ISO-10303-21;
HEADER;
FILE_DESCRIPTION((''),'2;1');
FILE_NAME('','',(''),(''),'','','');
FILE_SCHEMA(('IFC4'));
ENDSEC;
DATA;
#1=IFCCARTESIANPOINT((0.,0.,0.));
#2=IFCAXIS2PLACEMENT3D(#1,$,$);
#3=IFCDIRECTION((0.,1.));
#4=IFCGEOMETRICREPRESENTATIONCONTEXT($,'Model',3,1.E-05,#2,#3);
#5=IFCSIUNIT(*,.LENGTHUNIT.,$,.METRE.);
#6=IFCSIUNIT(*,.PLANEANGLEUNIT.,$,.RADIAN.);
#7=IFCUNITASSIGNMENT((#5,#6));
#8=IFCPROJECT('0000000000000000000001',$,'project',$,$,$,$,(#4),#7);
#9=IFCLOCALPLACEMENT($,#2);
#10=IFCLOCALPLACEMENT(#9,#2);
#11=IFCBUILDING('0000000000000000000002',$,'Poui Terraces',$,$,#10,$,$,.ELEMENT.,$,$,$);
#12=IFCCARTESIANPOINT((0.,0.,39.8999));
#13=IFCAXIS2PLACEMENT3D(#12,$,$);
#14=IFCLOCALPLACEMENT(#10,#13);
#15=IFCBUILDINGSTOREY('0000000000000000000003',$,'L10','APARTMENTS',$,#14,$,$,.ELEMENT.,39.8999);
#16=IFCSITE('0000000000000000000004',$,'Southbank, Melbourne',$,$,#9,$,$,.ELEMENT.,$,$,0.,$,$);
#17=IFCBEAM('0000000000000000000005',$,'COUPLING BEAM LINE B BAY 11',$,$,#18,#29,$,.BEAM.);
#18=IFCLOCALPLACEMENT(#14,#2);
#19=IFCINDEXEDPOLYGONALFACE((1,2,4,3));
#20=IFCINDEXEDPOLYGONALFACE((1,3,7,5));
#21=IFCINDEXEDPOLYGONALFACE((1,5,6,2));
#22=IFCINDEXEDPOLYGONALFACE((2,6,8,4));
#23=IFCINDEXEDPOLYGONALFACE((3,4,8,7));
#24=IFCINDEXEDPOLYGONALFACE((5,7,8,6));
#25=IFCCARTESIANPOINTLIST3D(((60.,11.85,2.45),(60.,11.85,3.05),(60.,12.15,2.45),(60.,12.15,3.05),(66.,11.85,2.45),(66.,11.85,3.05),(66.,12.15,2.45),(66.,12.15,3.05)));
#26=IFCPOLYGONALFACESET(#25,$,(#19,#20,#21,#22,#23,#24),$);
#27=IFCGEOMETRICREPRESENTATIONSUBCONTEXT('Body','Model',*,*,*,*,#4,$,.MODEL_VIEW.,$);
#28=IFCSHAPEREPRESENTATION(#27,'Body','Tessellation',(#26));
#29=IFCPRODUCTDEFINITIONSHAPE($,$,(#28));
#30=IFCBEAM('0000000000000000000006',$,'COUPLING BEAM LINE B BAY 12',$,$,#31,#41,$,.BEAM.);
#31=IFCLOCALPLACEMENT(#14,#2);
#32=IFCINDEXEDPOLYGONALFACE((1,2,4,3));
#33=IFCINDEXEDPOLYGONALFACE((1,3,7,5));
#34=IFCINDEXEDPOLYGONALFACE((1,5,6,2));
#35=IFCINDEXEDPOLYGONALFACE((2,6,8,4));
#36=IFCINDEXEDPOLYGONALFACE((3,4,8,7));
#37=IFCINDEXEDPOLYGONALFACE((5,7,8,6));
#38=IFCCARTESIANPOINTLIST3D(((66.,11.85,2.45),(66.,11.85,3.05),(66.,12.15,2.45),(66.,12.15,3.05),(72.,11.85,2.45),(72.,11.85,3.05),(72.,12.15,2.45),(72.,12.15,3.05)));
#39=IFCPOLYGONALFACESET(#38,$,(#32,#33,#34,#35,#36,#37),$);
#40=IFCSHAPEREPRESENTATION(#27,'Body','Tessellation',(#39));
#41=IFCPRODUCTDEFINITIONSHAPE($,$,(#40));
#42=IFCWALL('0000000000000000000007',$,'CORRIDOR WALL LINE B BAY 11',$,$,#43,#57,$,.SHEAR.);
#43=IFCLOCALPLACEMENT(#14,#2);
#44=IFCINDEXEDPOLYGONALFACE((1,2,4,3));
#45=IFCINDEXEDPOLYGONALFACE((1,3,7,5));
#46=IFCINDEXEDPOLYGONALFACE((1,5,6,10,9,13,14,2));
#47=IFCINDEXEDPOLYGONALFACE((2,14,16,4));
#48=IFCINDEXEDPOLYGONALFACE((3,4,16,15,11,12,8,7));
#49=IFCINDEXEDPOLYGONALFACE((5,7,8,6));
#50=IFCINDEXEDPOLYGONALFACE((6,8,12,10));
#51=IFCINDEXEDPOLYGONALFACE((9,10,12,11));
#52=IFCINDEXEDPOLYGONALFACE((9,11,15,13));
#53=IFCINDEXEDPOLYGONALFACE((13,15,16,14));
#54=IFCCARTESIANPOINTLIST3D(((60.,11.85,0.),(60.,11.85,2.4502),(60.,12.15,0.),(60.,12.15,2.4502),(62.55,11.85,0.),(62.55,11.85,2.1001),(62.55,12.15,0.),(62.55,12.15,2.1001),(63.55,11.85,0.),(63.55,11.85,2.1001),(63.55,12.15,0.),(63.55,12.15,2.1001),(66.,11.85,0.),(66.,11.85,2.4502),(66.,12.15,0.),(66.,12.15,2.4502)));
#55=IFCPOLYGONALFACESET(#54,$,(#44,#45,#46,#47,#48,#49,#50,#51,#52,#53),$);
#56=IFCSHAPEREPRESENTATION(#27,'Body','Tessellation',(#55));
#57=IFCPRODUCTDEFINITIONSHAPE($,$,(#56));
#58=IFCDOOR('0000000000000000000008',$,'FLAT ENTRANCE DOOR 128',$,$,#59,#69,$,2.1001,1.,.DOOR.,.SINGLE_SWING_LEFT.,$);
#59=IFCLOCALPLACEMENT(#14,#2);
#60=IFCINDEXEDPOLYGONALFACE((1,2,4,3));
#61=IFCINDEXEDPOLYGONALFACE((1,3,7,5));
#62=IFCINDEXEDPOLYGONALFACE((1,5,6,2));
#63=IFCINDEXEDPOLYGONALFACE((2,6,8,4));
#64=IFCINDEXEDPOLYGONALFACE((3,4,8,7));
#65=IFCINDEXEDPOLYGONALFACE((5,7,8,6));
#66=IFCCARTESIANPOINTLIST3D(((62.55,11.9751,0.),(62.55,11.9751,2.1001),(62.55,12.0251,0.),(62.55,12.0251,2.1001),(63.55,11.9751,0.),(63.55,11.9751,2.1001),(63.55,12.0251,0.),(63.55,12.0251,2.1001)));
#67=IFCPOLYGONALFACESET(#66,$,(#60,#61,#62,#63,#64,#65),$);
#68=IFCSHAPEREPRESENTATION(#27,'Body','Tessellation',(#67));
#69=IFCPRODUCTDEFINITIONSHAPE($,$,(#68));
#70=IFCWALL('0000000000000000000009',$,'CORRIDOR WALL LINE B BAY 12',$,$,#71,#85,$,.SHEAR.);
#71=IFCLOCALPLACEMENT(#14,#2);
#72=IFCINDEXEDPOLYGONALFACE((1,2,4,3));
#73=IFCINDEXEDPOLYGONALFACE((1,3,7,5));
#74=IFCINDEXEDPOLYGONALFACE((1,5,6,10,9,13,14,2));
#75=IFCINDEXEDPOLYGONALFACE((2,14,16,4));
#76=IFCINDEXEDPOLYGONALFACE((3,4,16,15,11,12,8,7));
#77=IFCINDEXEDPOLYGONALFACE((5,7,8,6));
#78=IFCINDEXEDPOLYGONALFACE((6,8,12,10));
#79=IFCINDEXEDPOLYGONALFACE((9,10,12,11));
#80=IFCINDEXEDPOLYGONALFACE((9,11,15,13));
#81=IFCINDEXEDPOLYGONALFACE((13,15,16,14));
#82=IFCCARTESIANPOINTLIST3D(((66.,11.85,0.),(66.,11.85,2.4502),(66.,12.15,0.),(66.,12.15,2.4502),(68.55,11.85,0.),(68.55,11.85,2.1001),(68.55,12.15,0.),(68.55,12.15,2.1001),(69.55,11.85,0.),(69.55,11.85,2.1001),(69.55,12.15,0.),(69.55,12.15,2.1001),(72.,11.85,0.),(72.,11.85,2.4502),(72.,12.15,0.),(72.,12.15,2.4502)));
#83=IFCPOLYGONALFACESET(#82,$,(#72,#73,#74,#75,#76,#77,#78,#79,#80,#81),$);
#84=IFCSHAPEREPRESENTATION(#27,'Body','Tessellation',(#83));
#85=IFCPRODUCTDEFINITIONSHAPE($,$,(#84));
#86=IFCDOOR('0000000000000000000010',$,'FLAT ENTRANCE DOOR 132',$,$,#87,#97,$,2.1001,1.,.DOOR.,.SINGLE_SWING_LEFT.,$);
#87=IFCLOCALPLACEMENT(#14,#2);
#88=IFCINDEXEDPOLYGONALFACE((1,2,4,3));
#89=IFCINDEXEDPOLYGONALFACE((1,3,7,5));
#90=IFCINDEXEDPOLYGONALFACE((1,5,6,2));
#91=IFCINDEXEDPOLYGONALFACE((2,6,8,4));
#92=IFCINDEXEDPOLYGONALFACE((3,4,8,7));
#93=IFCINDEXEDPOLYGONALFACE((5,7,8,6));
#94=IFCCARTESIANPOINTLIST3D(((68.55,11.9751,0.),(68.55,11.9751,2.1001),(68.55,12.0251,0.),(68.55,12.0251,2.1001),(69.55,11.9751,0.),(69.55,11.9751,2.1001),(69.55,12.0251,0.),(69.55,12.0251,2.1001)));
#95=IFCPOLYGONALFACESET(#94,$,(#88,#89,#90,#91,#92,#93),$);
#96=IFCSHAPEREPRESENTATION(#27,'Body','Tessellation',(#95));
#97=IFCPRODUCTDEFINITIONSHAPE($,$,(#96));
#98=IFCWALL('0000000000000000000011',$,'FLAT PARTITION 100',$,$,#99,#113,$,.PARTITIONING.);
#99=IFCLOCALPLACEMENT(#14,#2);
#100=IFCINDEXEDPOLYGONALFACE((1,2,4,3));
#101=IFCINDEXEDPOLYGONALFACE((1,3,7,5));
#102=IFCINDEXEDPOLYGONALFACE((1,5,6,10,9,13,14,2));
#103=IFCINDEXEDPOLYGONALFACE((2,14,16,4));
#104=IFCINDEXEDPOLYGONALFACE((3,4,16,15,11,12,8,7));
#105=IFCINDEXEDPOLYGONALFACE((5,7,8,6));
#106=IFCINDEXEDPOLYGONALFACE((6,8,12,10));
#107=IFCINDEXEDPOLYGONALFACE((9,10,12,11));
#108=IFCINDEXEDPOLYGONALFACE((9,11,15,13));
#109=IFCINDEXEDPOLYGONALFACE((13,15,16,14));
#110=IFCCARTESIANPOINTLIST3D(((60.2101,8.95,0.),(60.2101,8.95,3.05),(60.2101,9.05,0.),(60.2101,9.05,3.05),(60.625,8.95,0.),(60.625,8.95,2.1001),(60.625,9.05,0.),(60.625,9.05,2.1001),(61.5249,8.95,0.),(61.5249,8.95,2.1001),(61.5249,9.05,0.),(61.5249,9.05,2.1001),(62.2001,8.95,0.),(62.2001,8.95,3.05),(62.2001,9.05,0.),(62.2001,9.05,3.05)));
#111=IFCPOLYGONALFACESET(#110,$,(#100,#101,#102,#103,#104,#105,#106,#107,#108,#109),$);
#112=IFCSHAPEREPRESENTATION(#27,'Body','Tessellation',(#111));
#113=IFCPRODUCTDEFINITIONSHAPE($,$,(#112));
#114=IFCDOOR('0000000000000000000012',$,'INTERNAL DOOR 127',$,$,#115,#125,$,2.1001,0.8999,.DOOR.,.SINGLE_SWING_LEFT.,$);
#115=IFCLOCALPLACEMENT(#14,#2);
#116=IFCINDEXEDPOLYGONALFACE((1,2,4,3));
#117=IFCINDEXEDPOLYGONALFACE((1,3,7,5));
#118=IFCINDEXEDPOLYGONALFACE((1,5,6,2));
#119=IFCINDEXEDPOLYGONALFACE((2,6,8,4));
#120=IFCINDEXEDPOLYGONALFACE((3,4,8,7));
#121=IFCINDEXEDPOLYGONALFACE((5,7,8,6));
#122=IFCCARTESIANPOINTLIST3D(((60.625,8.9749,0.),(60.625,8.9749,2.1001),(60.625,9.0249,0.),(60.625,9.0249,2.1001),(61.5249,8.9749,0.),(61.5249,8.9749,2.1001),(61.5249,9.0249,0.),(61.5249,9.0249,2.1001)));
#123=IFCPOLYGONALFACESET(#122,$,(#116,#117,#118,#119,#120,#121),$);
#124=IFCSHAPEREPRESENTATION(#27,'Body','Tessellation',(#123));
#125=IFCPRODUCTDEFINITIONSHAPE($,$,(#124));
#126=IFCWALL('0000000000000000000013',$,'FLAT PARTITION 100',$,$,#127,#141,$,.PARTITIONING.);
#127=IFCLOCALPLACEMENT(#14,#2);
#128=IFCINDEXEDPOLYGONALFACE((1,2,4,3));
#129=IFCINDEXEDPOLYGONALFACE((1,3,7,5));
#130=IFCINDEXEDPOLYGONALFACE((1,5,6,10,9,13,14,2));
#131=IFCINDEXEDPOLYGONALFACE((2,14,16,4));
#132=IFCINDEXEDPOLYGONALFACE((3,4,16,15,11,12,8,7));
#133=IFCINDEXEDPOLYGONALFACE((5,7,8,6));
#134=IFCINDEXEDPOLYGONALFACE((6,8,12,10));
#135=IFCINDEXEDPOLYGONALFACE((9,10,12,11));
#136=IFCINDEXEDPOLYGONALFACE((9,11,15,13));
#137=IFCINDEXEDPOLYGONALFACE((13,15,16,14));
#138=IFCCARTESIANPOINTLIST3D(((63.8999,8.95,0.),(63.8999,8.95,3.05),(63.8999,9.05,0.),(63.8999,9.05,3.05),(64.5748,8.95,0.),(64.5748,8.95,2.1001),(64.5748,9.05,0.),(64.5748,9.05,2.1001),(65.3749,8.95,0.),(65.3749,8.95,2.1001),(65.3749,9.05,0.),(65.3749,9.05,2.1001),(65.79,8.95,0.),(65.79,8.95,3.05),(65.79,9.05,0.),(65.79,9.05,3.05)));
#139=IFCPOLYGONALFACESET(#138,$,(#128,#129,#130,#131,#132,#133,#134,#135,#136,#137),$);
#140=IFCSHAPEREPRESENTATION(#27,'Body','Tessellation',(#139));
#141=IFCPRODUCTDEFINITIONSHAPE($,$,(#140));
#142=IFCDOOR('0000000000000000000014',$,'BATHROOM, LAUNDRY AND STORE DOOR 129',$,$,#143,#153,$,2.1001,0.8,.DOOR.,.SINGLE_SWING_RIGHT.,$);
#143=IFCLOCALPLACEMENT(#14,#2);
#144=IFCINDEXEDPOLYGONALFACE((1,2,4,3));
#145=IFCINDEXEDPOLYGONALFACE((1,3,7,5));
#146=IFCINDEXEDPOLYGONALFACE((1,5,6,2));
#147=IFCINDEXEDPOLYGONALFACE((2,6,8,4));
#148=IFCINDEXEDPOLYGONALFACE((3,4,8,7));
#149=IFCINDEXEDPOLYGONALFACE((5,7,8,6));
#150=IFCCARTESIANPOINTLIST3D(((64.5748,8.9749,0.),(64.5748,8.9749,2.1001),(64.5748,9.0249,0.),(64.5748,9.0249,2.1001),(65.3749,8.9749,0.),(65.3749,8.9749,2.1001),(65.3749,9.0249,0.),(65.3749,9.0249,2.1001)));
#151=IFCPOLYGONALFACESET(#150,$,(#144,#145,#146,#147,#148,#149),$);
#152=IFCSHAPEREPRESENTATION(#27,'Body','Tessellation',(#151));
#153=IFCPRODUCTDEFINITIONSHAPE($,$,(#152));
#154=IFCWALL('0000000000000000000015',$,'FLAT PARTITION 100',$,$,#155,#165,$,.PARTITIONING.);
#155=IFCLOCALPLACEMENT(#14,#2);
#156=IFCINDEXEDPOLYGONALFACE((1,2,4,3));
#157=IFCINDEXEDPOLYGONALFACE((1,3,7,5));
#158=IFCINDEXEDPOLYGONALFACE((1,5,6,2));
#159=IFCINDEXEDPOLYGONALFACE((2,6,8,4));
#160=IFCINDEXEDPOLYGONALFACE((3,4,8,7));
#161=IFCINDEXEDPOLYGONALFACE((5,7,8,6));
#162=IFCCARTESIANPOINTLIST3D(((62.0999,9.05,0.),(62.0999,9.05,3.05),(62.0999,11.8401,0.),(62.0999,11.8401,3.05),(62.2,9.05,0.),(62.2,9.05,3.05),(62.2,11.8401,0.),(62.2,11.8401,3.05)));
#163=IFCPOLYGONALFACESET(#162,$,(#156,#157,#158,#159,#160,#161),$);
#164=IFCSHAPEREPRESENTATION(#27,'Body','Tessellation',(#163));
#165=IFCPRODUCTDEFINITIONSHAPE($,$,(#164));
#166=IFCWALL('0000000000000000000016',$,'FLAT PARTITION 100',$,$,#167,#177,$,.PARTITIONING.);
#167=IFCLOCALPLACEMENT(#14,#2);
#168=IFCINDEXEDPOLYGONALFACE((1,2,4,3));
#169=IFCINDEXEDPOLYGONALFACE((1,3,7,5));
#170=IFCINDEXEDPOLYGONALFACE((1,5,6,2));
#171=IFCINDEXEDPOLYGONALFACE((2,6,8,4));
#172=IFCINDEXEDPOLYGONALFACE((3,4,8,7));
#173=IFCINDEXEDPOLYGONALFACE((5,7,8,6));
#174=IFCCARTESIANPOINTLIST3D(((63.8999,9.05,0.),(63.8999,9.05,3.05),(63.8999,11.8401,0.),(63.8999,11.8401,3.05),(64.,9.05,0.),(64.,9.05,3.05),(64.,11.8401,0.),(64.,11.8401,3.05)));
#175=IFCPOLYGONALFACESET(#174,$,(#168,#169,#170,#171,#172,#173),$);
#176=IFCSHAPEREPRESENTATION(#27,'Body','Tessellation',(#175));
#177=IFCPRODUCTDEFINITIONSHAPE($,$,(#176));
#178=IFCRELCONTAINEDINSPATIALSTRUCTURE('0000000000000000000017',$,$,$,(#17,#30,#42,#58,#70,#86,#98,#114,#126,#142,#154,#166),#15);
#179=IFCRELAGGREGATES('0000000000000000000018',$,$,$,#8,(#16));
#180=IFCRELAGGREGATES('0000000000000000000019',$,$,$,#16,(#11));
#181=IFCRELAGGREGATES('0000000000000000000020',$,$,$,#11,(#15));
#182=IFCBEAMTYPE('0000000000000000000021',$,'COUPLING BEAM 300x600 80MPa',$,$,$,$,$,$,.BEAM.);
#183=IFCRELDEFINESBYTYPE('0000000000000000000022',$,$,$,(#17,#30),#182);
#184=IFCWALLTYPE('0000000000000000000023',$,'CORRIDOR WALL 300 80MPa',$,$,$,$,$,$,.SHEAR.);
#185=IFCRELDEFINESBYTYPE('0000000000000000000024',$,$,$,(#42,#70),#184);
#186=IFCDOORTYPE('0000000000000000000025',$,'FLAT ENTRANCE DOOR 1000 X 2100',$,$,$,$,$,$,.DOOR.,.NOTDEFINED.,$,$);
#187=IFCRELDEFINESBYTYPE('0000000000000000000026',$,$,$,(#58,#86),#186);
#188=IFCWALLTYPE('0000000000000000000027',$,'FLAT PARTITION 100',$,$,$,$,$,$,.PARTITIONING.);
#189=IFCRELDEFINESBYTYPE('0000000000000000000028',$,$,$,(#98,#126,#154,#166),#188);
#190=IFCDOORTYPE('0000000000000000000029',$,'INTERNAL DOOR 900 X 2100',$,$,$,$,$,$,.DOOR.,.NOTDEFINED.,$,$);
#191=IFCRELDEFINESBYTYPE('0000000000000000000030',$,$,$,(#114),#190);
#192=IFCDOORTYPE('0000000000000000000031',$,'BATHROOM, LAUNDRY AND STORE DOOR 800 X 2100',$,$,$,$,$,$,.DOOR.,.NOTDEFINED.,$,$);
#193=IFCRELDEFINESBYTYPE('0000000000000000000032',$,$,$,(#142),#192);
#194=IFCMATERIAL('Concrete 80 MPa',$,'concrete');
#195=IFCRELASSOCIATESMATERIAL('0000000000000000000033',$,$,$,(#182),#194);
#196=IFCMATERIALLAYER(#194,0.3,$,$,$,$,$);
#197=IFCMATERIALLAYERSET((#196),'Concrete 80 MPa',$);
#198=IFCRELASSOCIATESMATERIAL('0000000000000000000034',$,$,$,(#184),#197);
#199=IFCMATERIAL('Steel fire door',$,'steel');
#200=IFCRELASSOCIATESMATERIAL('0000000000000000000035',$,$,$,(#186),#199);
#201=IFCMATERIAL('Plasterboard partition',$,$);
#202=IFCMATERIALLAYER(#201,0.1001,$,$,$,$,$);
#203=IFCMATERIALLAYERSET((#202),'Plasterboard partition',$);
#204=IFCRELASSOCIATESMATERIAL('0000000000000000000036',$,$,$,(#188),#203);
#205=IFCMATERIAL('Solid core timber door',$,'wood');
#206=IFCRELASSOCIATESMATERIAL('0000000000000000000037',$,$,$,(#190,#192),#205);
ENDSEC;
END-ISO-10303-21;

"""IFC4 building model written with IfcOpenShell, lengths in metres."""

from ifc_helpers import new_model, si_unit, direction, frame, frame_2d, origin, origin_2d, place, context, subcontext, project, spatial, rectangle, extrude, source, transform, mapped, material, layer, layer_set, material_profile, profile_set, type_object, element, fill, save


model = new_model("IFC4")

# Units and contexts
model_context = context("Model", 3, precision=1e-05, world=origin(), true_north=direction((0.0, 1.0)))
body_context = subcontext(model_context, "Body", "Model", "MODEL_VIEW")
ifc_project = project(units=[si_unit("LENGTHUNIT", "METRE"), si_unit("PLANEANGLEUNIT", "RADIAN")], contexts=[model_context])

# Site, building, storey
site_placement = place(None, origin())
site = spatial("IfcSite", under=ifc_project, at=site_placement, Name="Southbank, Melbourne", CompositionType="ELEMENT", RefElevation=0.0)
building_placement = place(site_placement, origin())
building = spatial("IfcBuilding", under=site, at=building_placement, Name="Poui Terraces", CompositionType="ELEMENT")
storey_placement = place(building_placement, frame((0.0, 0.0, 39.8999)))
storey = spatial("IfcBuildingStorey", under=building, at=storey_placement, Name="L10", Description="APARTMENTS", CompositionType="ELEMENT", Elevation=39.8999)

# Beams
ifc_material_1 = material(Name="Concrete 80 MPa", Category="concrete")
ifc_material_profile = material_profile(ifc_material_1, rectangle(XDim=0.3, YDim=0.6001, at=origin_2d()), Name="RC 300x600")
ifc_profile_set = profile_set([ifc_material_profile], Name="Concrete 80 MPa")
beam_type = type_object("IfcBeamType", Name="COUPLING BEAM 300x600 80MPa", PredefinedType="BEAM", material=ifc_profile_set)
shared_shape = source(origin(), body_context, "Body", "SweptSolid", [
    extrude(rectangle(XDim=0.3, YDim=0.6001, at=origin_2d()), origin(), (0.0, 0.0, 1.0), 6.0),
])
for number, where, z_axis, x_axis, name in (
    (1, (60.0, 12.0, 2.75), (1.0, 0.0, 0.0), (0.0, 1.0, 0.0), "COUPLING BEAM LINE B BAY 11"),
    (2, (66.0, 12.0, 2.75), (1.0, 0.0, 0.0), (0.0, 1.0, 0.0), "COUPLING BEAM LINE B BAY 12"),
):
    element("IfcBeam", number, at=place(storey_placement, frame(where, z_axis=z_axis, x_axis=x_axis)), inside=storey, type_object=beam_type, Name=name, PredefinedType="BEAM", context=body_context, shape_type="MappedRepresentation", body=[
        mapped(shared_shape, transform((0.0, 0.0, 0.0))),
    ])

# Walls, openings, doors
ifc_layer_1 = layer(ifc_material_1, 0.3)
ifc_layer_set_1 = layer_set([ifc_layer_1], Name="Concrete 80 MPa")
wall_type_1 = type_object("IfcWallType", Name="CORRIDOR WALL 300 80MPa", PredefinedType="SHEAR", material=ifc_layer_set_1)
wall_1_placement = place(storey_placement, frame((60.0, 12.0, 0.0), z_axis=(0.0, 0.0, 1.0), x_axis=(1.0, 0.0, 0.0)))
wall_1 = element("IfcWall", 3, at=wall_1_placement, inside=storey, type_object=wall_type_1, Name="CORRIDOR WALL LINE B BAY 11", PredefinedType="SHEAR", context=body_context, shape_type="SweptSolid", body=[
    extrude(rectangle(XDim=6.0, YDim=0.3, at=frame_2d((3.0, 0.0))), origin(), (0.0, 0.0, 1.0), 2.4502),
])
opening_1_placement = place(wall_1_placement, frame((2.55, 0.0, 0.0)))
opening_1 = element("IfcOpeningElement", 4, at=opening_1_placement, cuts=wall_1, PredefinedType="OPENING", context=body_context, shape_type="SweptSolid", body=[
    extrude(rectangle(XDim=1.0, YDim=2.1001, at=frame_2d((0.5, 1.05))), frame((0.0, 0.1602, 0.0), z_axis=(0.0, -1.0, 0.0), x_axis=(1.0, 0.0, 0.0)), (0.0, 0.0, 1.0), 0.3201),
])
ifc_material_2 = material(Name="Steel fire door", Category="steel")
door_type_1 = type_object("IfcDoorType", Name="FLAT ENTRANCE DOOR 1000 X 2100", OperationType="NOTDEFINED", PredefinedType="DOOR", material=ifc_material_2)
door_1_placement = place(opening_1_placement, frame((1.0, 0.0, 0.0), z_axis=(0.0, 0.0, 1.0), x_axis=(-1.0, 0.0, 0.0)))
door_1 = element("IfcDoor", 5, at=door_1_placement, inside=storey, type_object=door_type_1, Name="FLAT ENTRANCE DOOR 128", OperationType="SINGLE_SWING_LEFT", OverallHeight=2.1001, OverallWidth=1.0, PredefinedType="DOOR", context=body_context, shape_type="SweptSolid", body=[
    extrude(rectangle(XDim=1.0, YDim=2.1001, at=frame_2d((0.5, 1.05))), frame((0.0, 0.0249, 0.0), z_axis=(0.0, -1.0, 0.0), x_axis=(1.0, 0.0, 0.0)), (0.0, 0.0, 1.0), 0.05),
])
fill(opening_1, door_1)
wall_2_placement = place(storey_placement, frame((66.0, 12.0, 0.0), z_axis=(0.0, 0.0, 1.0), x_axis=(1.0, 0.0, 0.0)))
wall_2 = element("IfcWall", 6, at=wall_2_placement, inside=storey, type_object=wall_type_1, Name="CORRIDOR WALL LINE B BAY 12", PredefinedType="SHEAR", context=body_context, shape_type="SweptSolid", body=[
    extrude(rectangle(XDim=6.0, YDim=0.3, at=frame_2d((3.0, 0.0))), origin(), (0.0, 0.0, 1.0), 2.4502),
])
opening_2_placement = place(wall_2_placement, frame((2.55, 0.0, 0.0)))
opening_2 = element("IfcOpeningElement", 7, at=opening_2_placement, cuts=wall_2, PredefinedType="OPENING", context=body_context, shape_type="SweptSolid", body=[
    extrude(rectangle(XDim=1.0, YDim=2.1001, at=frame_2d((0.5, 1.05))), frame((0.0, 0.1602, 0.0), z_axis=(0.0, -1.0, 0.0), x_axis=(1.0, 0.0, 0.0)), (0.0, 0.0, 1.0), 0.3201),
])
door_2_placement = place(opening_2_placement, frame((1.0, 0.0, 0.0), z_axis=(0.0, 0.0, 1.0), x_axis=(-1.0, 0.0, 0.0)))
door_2 = element("IfcDoor", 8, at=door_2_placement, inside=storey, type_object=door_type_1, Name="FLAT ENTRANCE DOOR 132", OperationType="SINGLE_SWING_LEFT", OverallHeight=2.1001, OverallWidth=1.0, PredefinedType="DOOR", context=body_context, shape_type="SweptSolid", body=[
    extrude(rectangle(XDim=1.0, YDim=2.1001, at=frame_2d((0.5, 1.05))), frame((0.0, 0.0249, 0.0), z_axis=(0.0, -1.0, 0.0), x_axis=(1.0, 0.0, 0.0)), (0.0, 0.0, 1.0), 0.05),
])
fill(opening_2, door_2)
ifc_material_3 = material(Name="Plasterboard partition")
ifc_layer_2 = layer(ifc_material_3, 0.1001)
ifc_layer_set_2 = layer_set([ifc_layer_2], Name="Plasterboard partition")
wall_type_2 = type_object("IfcWallType", Name="FLAT PARTITION 100", PredefinedType="PARTITIONING", material=ifc_layer_set_2)
wall_3_placement = place(storey_placement, frame((60.21, 9.0, 0.0), z_axis=(0.0, 0.0, 1.0), x_axis=(1.0, 0.0, 0.0)))
wall_3 = element("IfcWall", 9, at=wall_3_placement, inside=storey, type_object=wall_type_2, Name="FLAT PARTITION 100", PredefinedType="PARTITIONING", context=body_context, shape_type="SweptSolid", body=[
    extrude(rectangle(XDim=1.99, YDim=0.1001, at=frame_2d((0.9951, 0.0))), origin(), (0.0, 0.0, 1.0), 3.05),
])
opening_3_placement = place(wall_3_placement, frame((0.415, 0.0, 0.0)))
opening_3 = element("IfcOpeningElement", 10, at=opening_3_placement, cuts=wall_3, PredefinedType="OPENING", context=body_context, shape_type="SweptSolid", body=[
    extrude(rectangle(XDim=0.8999, YDim=2.1001, at=frame_2d((0.45, 1.05))), frame((0.0, 0.0601, 0.0), z_axis=(0.0, -1.0, 0.0), x_axis=(1.0, 0.0, 0.0)), (0.0, 0.0, 1.0), 0.1201),
])
ifc_material_4 = material(Name="Solid core timber door", Category="wood")
door_type_2 = type_object("IfcDoorType", Name="INTERNAL DOOR 900 X 2100", OperationType="NOTDEFINED", PredefinedType="DOOR", material=ifc_material_4)
door_3_placement = place(opening_3_placement, origin())
door_3 = element("IfcDoor", 11, at=door_3_placement, inside=storey, type_object=door_type_2, Name="INTERNAL DOOR 127", OperationType="SINGLE_SWING_LEFT", OverallHeight=2.1001, OverallWidth=0.8999, PredefinedType="DOOR", context=body_context, shape_type="SweptSolid", body=[
    extrude(rectangle(XDim=0.8999, YDim=2.1001, at=frame_2d((0.45, 1.05))), frame((0.0, 0.0249, 0.0), z_axis=(0.0, -1.0, 0.0), x_axis=(1.0, 0.0, 0.0)), (0.0, 0.0, 1.0), 0.05),
])
fill(opening_3, door_3)
wall_4_placement = place(storey_placement, frame((63.8999, 9.0, 0.0), z_axis=(0.0, 0.0, 1.0), x_axis=(1.0, 0.0, 0.0)))
wall_4 = element("IfcWall", 12, at=wall_4_placement, inside=storey, type_object=wall_type_2, Name="FLAT PARTITION 100", PredefinedType="PARTITIONING", context=body_context, shape_type="SweptSolid", body=[
    extrude(rectangle(XDim=1.8901, YDim=0.1001, at=frame_2d((0.9451, 0.0))), origin(), (0.0, 0.0, 1.0), 3.05),
])
opening_4_placement = place(wall_4_placement, frame((0.675, 0.0, 0.0)))
opening_4 = element("IfcOpeningElement", 13, at=opening_4_placement, cuts=wall_4, PredefinedType="OPENING", context=body_context, shape_type="SweptSolid", body=[
    extrude(rectangle(XDim=0.8, YDim=2.1001, at=frame_2d((0.3999, 1.05))), frame((0.0, 0.0601, 0.0), z_axis=(0.0, -1.0, 0.0), x_axis=(1.0, 0.0, 0.0)), (0.0, 0.0, 1.0), 0.1201),
])
door_type_3 = type_object("IfcDoorType", Name="BATHROOM, LAUNDRY AND STORE DOOR 800 X 2100", OperationType="NOTDEFINED", PredefinedType="DOOR", material=ifc_material_4)
door_4_placement = place(opening_4_placement, origin())
door_4 = element("IfcDoor", 14, at=door_4_placement, inside=storey, type_object=door_type_3, Name="BATHROOM, LAUNDRY AND STORE DOOR 129", OperationType="SINGLE_SWING_RIGHT", OverallHeight=2.1001, OverallWidth=0.8, PredefinedType="DOOR", context=body_context, shape_type="SweptSolid", body=[
    extrude(rectangle(XDim=0.8, YDim=2.1001, at=frame_2d((0.3999, 1.05))), frame((0.0, 0.0249, 0.0), z_axis=(0.0, -1.0, 0.0), x_axis=(1.0, 0.0, 0.0)), (0.0, 0.0, 1.0), 0.05),
])
fill(opening_4, door_4)

# Walls
for number, where, z_axis, x_axis, name in (
    (15, (62.1499, 9.05, 0.0), (0.0, 0.0, 1.0), (0.0, 1.0, 0.0), "FLAT PARTITION 100"),
    (16, (63.95, 9.05, 0.0), (0.0, 0.0, 1.0), (0.0, 1.0, 0.0), "FLAT PARTITION 100"),
):
    element("IfcWall", number, at=place(storey_placement, frame(where, z_axis=z_axis, x_axis=x_axis)), inside=storey, type_object=wall_type_2, Name=name, PredefinedType="PARTITIONING", context=body_context, shape_type="SweptSolid", body=[
        extrude(rectangle(XDim=2.79, YDim=0.1001, at=frame_2d((1.395, 0.0))), origin(), (0.0, 0.0, 1.0), 3.05),
    ])

save(model, "model.ifc")
